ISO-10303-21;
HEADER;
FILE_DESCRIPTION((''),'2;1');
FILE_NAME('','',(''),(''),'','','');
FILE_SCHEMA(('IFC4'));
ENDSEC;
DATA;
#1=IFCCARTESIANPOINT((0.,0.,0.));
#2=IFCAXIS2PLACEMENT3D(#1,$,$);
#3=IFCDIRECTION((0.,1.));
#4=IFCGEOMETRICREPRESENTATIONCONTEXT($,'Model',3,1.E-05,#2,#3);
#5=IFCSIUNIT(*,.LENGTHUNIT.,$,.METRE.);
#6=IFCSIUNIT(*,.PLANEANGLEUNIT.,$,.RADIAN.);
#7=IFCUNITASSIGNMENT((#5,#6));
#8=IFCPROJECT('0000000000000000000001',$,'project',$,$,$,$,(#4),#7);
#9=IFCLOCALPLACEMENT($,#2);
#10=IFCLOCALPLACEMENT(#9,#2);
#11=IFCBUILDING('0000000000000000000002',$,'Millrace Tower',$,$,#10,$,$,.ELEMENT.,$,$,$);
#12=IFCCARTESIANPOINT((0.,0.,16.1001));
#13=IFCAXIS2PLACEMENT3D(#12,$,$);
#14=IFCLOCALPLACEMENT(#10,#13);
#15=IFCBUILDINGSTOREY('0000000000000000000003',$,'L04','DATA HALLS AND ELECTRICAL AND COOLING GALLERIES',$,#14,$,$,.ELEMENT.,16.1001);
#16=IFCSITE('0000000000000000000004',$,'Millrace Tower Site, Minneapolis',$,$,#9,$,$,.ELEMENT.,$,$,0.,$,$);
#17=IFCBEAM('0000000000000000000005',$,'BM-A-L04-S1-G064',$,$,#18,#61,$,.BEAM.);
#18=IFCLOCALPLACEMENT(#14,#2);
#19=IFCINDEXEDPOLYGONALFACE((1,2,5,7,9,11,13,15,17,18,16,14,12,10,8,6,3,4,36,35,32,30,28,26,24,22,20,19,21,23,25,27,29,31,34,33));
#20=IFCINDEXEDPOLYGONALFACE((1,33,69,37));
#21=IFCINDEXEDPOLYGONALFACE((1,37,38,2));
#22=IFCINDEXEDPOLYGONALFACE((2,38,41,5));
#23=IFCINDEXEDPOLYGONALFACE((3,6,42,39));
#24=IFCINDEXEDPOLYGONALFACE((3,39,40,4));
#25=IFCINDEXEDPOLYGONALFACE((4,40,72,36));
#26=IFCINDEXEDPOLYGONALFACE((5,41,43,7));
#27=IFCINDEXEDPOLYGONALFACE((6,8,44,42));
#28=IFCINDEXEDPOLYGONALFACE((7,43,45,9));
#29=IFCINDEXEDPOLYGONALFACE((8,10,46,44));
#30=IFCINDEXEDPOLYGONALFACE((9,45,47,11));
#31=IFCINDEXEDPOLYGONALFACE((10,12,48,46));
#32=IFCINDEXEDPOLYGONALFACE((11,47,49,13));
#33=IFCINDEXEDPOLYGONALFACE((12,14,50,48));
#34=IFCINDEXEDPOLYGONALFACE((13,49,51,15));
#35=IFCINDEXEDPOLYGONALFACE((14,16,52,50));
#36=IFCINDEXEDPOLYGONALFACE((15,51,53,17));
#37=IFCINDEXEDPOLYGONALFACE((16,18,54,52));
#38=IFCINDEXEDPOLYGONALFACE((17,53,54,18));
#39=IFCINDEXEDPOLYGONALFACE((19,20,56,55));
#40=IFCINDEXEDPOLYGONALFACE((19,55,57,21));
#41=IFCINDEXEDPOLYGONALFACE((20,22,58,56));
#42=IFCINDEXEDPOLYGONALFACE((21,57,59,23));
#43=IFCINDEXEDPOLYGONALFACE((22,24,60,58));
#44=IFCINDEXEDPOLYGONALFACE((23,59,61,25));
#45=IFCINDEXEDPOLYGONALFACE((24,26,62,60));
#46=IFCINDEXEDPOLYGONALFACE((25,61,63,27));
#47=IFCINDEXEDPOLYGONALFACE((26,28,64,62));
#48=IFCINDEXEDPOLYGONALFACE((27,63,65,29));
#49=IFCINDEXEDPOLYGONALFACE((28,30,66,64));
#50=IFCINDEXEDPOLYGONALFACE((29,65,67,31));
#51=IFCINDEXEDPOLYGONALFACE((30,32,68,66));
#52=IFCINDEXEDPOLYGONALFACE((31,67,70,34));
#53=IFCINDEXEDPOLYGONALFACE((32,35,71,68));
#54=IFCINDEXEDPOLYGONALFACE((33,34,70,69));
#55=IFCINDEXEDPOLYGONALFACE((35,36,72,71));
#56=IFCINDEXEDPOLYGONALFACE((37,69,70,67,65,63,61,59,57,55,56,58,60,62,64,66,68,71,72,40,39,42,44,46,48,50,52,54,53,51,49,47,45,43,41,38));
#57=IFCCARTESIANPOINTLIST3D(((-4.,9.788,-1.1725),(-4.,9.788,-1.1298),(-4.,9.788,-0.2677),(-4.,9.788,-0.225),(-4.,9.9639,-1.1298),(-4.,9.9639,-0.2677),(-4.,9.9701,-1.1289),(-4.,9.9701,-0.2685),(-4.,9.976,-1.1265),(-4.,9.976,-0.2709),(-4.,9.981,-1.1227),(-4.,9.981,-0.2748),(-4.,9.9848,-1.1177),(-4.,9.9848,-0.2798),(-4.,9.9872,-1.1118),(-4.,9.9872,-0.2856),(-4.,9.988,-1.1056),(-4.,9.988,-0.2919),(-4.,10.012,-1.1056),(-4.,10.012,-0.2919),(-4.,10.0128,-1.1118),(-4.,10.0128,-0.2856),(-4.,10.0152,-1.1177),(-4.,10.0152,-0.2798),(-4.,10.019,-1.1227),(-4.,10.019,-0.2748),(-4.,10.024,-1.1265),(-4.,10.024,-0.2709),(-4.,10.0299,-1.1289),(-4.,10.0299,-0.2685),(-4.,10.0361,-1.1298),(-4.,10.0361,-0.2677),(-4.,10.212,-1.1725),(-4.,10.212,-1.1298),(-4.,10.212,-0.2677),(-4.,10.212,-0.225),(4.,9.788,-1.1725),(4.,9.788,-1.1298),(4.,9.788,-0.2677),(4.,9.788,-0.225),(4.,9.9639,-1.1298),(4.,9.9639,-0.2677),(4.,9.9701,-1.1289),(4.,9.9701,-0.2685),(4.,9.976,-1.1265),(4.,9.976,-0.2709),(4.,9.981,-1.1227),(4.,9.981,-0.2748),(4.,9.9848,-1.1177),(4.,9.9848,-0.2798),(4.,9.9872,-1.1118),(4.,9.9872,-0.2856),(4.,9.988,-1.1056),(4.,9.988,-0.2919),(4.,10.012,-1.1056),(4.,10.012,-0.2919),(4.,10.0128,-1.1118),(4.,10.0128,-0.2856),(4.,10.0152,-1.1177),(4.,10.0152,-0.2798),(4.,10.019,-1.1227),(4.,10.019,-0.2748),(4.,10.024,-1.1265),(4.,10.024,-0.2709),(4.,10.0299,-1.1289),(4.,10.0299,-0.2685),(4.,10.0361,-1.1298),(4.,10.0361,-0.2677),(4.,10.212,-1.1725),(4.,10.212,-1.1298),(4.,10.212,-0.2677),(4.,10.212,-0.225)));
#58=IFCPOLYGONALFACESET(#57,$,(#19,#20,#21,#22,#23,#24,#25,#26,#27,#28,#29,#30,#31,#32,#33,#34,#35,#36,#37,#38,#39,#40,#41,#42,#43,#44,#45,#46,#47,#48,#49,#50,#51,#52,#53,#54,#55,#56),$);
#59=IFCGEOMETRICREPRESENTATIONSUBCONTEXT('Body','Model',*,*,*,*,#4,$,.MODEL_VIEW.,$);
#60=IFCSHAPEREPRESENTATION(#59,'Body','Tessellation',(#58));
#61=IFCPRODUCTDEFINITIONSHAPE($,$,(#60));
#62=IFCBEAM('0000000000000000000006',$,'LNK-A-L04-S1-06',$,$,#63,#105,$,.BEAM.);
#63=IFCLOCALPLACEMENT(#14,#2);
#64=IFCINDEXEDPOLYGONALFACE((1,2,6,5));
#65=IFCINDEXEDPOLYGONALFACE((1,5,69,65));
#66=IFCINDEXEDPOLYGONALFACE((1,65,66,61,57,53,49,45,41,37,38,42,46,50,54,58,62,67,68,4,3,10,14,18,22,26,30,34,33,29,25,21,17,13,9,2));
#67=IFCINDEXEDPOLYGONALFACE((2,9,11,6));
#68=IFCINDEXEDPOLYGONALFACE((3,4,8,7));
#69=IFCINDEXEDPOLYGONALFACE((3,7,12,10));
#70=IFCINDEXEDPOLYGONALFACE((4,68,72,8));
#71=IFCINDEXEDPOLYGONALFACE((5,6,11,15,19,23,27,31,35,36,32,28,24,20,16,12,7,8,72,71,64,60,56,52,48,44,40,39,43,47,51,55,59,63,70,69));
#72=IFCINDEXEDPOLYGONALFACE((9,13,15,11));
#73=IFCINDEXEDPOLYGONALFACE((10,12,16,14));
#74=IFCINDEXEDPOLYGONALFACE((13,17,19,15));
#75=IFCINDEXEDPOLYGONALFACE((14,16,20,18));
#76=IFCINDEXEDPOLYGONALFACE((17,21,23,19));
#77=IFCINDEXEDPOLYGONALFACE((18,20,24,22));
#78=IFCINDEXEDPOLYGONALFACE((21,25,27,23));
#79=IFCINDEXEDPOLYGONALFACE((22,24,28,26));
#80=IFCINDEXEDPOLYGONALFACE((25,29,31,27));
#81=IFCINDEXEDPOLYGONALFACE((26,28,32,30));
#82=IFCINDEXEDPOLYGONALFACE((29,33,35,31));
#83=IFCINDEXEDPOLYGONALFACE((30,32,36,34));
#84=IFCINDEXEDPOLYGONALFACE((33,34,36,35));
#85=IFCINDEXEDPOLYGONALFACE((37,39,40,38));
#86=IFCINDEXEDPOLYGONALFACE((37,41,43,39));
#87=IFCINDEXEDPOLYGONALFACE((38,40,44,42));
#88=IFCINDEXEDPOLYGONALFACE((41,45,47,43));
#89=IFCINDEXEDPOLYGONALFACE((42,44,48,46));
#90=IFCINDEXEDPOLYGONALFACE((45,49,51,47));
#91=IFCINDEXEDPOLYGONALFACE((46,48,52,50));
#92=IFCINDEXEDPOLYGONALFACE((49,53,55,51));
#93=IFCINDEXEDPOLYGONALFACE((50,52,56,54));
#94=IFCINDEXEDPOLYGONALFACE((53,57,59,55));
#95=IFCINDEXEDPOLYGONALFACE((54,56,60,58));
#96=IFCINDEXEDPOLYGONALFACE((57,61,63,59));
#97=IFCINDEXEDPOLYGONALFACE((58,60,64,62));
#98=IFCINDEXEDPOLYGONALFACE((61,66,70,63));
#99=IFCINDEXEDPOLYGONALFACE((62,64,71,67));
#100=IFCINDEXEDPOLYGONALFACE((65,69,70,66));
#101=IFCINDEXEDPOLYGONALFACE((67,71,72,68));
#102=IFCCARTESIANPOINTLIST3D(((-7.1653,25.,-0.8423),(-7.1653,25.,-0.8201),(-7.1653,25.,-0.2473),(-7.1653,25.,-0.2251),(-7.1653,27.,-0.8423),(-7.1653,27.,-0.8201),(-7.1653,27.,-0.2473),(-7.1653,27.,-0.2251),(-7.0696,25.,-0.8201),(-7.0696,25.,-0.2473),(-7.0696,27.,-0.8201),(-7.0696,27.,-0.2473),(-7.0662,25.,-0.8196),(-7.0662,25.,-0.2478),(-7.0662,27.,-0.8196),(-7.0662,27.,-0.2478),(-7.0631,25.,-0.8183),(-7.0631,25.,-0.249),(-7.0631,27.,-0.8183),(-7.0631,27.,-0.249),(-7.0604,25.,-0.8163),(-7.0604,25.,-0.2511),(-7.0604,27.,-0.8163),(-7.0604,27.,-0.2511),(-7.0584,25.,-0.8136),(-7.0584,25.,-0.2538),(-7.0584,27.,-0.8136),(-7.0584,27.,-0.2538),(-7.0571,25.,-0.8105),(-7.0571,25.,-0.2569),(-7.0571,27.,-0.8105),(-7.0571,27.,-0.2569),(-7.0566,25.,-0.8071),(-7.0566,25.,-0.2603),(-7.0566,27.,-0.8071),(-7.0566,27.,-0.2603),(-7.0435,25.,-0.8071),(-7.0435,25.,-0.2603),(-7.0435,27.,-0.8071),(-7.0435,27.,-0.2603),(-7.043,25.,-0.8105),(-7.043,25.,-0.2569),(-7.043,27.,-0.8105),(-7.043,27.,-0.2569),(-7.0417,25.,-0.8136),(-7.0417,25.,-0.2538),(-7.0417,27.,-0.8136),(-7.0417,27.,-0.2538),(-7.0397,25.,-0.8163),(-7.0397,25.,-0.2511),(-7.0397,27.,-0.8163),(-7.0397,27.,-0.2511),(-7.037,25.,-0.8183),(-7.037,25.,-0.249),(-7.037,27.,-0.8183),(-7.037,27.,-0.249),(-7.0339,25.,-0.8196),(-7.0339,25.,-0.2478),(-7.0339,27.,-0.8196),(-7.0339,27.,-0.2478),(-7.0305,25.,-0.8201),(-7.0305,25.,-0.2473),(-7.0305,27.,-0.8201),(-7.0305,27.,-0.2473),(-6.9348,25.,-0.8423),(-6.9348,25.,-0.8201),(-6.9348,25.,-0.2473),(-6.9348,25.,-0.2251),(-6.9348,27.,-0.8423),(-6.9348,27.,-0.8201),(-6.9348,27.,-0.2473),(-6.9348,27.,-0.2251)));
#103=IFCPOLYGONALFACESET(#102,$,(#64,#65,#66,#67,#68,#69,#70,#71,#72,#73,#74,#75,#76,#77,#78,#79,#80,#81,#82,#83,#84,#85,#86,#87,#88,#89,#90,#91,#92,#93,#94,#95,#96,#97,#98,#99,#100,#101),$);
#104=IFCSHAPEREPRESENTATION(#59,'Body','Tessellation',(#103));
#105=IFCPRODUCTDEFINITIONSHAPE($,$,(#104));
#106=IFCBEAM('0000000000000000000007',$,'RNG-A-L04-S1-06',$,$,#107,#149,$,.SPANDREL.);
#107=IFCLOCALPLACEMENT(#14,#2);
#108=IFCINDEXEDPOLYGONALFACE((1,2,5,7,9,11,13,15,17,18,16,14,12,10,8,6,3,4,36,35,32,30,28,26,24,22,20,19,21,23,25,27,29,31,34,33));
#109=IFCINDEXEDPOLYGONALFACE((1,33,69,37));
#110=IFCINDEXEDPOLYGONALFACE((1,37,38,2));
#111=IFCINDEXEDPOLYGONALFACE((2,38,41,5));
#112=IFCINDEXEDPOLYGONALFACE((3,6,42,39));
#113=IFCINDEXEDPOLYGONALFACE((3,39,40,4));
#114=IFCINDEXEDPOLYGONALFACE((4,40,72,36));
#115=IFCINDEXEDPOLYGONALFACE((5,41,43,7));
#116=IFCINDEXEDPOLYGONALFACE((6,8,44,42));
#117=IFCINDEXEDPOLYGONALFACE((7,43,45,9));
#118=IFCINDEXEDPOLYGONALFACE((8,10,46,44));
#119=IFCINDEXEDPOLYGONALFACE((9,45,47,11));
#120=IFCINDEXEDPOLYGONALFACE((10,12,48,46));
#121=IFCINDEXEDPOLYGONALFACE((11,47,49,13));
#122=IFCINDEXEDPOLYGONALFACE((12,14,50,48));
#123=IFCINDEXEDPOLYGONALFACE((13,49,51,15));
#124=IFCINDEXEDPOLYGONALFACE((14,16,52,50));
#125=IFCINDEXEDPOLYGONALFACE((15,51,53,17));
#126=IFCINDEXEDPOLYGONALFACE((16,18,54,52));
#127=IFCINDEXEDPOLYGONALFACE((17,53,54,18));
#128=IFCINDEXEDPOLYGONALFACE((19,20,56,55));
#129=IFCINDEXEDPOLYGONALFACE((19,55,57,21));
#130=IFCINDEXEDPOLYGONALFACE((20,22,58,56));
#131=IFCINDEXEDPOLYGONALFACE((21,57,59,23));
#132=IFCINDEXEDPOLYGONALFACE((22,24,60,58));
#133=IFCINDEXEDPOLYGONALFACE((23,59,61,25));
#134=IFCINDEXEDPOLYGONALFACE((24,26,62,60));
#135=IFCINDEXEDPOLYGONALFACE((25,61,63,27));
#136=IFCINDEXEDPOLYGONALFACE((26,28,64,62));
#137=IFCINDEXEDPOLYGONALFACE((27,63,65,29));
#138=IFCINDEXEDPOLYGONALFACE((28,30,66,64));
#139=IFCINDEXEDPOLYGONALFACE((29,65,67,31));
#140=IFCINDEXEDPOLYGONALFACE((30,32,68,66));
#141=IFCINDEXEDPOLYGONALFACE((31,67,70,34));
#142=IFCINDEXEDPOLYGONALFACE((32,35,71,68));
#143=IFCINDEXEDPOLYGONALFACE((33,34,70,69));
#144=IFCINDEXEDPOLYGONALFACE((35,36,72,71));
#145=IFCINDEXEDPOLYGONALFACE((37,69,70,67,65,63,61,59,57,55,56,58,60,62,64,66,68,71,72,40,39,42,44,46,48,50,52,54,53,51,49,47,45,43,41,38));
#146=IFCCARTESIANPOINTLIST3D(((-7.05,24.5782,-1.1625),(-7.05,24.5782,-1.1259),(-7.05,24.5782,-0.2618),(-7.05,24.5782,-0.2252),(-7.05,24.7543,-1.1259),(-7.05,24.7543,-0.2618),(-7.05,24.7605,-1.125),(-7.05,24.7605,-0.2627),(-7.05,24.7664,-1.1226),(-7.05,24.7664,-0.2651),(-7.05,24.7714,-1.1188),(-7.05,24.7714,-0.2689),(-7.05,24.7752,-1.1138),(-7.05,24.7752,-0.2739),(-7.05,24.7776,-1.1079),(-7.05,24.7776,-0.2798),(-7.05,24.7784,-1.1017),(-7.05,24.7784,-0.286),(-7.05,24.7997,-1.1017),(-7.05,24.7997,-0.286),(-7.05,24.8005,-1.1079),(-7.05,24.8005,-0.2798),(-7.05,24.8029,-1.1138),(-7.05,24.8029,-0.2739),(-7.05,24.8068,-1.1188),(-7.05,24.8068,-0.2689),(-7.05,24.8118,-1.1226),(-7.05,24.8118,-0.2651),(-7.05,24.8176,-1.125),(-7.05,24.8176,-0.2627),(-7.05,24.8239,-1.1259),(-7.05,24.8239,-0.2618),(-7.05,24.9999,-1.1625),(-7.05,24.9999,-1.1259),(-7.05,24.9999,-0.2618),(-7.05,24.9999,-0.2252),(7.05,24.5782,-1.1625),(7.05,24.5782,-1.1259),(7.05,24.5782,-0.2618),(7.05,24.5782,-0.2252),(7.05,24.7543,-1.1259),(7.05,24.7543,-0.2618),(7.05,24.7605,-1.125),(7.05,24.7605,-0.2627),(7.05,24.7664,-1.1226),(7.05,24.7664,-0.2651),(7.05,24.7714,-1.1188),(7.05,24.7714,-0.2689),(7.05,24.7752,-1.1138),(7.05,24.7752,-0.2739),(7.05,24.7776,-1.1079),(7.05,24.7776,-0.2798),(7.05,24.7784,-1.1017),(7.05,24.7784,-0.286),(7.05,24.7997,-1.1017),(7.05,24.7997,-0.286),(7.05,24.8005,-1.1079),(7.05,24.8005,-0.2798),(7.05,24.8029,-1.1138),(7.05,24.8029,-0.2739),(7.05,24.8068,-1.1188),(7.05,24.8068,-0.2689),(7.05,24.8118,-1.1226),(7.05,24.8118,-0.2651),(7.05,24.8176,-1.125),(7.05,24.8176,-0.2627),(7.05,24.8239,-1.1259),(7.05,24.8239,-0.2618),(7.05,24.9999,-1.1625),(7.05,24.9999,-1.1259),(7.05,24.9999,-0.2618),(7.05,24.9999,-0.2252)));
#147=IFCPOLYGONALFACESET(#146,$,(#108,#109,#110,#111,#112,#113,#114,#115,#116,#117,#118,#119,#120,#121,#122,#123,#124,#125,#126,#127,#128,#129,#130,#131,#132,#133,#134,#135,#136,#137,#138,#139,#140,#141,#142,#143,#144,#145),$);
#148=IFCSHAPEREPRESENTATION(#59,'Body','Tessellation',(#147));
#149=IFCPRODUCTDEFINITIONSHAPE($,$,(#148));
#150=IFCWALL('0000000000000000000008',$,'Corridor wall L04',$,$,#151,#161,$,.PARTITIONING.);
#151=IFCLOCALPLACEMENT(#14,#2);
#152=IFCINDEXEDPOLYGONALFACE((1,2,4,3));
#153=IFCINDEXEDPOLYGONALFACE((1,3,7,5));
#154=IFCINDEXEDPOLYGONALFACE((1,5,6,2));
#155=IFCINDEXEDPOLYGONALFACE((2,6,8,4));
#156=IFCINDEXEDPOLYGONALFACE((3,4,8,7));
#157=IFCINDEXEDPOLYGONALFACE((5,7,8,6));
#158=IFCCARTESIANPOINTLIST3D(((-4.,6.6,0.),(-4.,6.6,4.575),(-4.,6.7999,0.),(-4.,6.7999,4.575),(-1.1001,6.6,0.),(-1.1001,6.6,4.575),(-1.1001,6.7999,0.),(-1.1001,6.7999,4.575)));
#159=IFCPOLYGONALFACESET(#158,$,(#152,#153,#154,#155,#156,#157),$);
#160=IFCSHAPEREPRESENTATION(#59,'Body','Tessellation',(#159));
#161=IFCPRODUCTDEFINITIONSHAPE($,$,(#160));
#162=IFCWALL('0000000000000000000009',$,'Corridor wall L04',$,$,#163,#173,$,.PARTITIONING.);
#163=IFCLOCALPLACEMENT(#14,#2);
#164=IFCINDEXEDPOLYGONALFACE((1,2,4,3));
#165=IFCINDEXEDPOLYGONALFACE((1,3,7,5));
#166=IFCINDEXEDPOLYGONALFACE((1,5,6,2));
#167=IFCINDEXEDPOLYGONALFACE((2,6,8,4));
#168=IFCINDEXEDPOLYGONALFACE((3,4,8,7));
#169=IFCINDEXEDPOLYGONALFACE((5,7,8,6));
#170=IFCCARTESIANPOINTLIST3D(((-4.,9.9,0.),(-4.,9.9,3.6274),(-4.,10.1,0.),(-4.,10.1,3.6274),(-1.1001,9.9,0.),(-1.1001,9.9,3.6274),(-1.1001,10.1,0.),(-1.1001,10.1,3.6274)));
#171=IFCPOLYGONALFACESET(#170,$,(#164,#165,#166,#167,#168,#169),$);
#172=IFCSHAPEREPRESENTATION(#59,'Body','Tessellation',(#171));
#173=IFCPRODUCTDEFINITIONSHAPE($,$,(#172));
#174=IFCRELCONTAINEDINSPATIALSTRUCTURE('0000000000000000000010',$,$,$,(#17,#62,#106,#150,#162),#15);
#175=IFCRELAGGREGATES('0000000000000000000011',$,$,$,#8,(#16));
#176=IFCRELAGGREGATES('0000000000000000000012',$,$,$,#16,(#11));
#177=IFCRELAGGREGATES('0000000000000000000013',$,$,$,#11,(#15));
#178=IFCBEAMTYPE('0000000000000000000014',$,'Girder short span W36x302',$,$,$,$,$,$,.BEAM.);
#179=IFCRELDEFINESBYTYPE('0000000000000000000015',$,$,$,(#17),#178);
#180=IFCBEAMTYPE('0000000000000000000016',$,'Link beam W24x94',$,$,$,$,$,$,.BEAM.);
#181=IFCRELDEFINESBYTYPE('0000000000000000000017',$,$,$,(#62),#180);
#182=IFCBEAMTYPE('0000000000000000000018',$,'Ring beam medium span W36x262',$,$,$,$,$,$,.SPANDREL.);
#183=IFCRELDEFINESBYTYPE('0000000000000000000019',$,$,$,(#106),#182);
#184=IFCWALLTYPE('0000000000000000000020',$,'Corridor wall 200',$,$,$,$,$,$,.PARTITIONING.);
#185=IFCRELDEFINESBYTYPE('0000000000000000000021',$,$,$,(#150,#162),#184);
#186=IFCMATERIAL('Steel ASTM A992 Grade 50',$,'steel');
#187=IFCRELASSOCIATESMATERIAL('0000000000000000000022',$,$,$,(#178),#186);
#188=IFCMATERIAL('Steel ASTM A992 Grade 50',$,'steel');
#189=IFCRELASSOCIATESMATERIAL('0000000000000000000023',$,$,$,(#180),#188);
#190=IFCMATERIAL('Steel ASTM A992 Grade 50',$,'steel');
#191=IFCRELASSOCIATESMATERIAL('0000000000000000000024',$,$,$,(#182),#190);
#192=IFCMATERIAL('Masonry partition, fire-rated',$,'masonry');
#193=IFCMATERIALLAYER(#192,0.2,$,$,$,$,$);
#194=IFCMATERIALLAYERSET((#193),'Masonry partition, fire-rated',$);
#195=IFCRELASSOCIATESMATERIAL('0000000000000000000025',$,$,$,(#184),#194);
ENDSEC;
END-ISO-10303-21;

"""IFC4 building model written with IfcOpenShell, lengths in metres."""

from ifc_helpers import new_model, si_unit, direction, frame, frame_2d, origin, origin_2d, place, context, subcontext, project, spatial, rectangle, i_section, extrude, material, layer, layer_set, material_profile, profile_set, type_object, element, save


model = new_model("IFC4")

# Units and contexts
model_context = context("Model", 3, precision=1e-05, world=origin(), true_north=direction((0.0, 1.0)))
body_context = subcontext(model_context, "Body", "Model", "MODEL_VIEW")
ifc_project = project(units=[si_unit("LENGTHUNIT", "METRE"), si_unit("PLANEANGLEUNIT", "RADIAN")], contexts=[model_context])

# Site, building, storey
site_placement = place(None, origin())
site = spatial("IfcSite", under=ifc_project, at=site_placement, Name="Millrace Tower Site, Minneapolis", CompositionType="ELEMENT", RefElevation=0.0)
building_placement = place(site_placement, origin())
building = spatial("IfcBuilding", under=site, at=building_placement, Name="Millrace Tower", CompositionType="ELEMENT")
storey_placement = place(building_placement, frame((0.0, 0.0, 16.1001)))
storey = spatial("IfcBuildingStorey", under=building, at=storey_placement, Name="L04", Description="DATA HALLS AND ELECTRICAL AND COOLING GALLERIES", CompositionType="ELEMENT", Elevation=16.1001)

# Beams
ifc_material_1 = material(Name="Steel ASTM A992 Grade 50", Category="steel")
ifc_material_profile_1 = material_profile(ifc_material_1, i_section(OverallWidth=0.4241, OverallDepth=0.9475, WebThickness=0.0239, FlangeThickness=0.0427, FilletRadius=0.0242, at=origin_2d()))
ifc_profile_set_1 = profile_set([ifc_material_profile_1], Name="Steel ASTM A992 Grade 50")
beam_type_1 = type_object("IfcBeamType", Name="Girder short span W36x302", PredefinedType="BEAM", material=ifc_profile_set_1)
beam_1_placement = place(storey_placement, frame((-4.0, 10.0, -0.6987), z_axis=(1.0, 0.0, 0.0), x_axis=(0.0, 1.0, 0.0)))
element("IfcBeam", 1, at=beam_1_placement, inside=storey, type_object=beam_type_1, Name="BM-A-L04-S1-G064", PredefinedType="BEAM", context=body_context, shape_type="SweptSolid", body=[
    extrude(i_section(OverallWidth=0.4241, OverallDepth=0.9475, WebThickness=0.0239, FlangeThickness=0.0427, FilletRadius=0.0242, at=origin_2d()), origin(), (0.0, 0.0, 1.0), 8.0),
])
ifc_material_2 = material(Name="Steel ASTM A992 Grade 50", Category="steel")
ifc_material_profile_2 = material_profile(ifc_material_2, i_section(OverallWidth=0.2305, OverallDepth=0.6172, WebThickness=0.0132, FlangeThickness=0.0222, FilletRadius=0.0129, at=origin_2d()))
ifc_profile_set_2 = profile_set([ifc_material_profile_2], Name="Steel ASTM A992 Grade 50")
beam_type_2 = type_object("IfcBeamType", Name="Link beam W24x94", PredefinedType="BEAM", material=ifc_profile_set_2)
beam_2_placement = place(storey_placement, frame((-7.05, 25.0, -0.5337), z_axis=(0.0, 1.0, 0.0), x_axis=(-1.0, 0.0, 0.0)))
element("IfcBeam", 2, at=beam_2_placement, inside=storey, type_object=beam_type_2, Name="LNK-A-L04-S1-06", PredefinedType="BEAM", context=body_context, shape_type="SweptSolid", body=[
    extrude(i_section(OverallWidth=0.2305, OverallDepth=0.6172, WebThickness=0.0132, FlangeThickness=0.0222, FilletRadius=0.0129, at=origin_2d()), origin(), (0.0, 0.0, 1.0), 2.0),
])
ifc_material_3 = material(Name="Steel ASTM A992 Grade 50", Category="steel")
ifc_material_profile_3 = material_profile(ifc_material_3, i_section(OverallWidth=0.4216, OverallDepth=0.9373, WebThickness=0.0212, FlangeThickness=0.0366, FilletRadius=0.0242, at=origin_2d()))
ifc_profile_set_3 = profile_set([ifc_material_profile_3], Name="Steel ASTM A992 Grade 50")
beam_type_3 = type_object("IfcBeamType", Name="Ring beam medium span W36x262", PredefinedType="SPANDREL", material=ifc_profile_set_3)
beam_3_placement = place(storey_placement, frame((-7.05, 24.7891, -0.6938), z_axis=(1.0, 0.0, 0.0), x_axis=(0.0, 1.0, 0.0)))
element("IfcBeam", 3, at=beam_3_placement, inside=storey, type_object=beam_type_3, Name="RNG-A-L04-S1-06", PredefinedType="SPANDREL", context=body_context, shape_type="SweptSolid", body=[
    extrude(i_section(OverallWidth=0.4216, OverallDepth=0.9373, WebThickness=0.0212, FlangeThickness=0.0366, FilletRadius=0.0242, at=origin_2d()), origin(), (0.0, 0.0, 1.0), 14.1001),
])

# Walls
ifc_material_4 = material(Name="Masonry partition, fire-rated", Category="masonry")
ifc_layer_1 = layer(ifc_material_4, 0.2)
ifc_layer_set_1 = layer_set([ifc_layer_1], Name="Masonry partition, fire-rated")
wall_type_1 = type_object("IfcWallType", Name="Corridor wall 200", PredefinedType="PARTITIONING", material=ifc_layer_set_1)
wall_1_placement = place(storey_placement, frame((-4.0, 6.7, 0.0), z_axis=(0.0, 0.0, 1.0), x_axis=(1.0, 0.0, 0.0)))
element("IfcWall", 4, at=wall_1_placement, inside=storey, type_object=wall_type_1, Name="Corridor wall L04", PredefinedType="PARTITIONING", context=body_context, shape_type="SweptSolid", body=[
    extrude(rectangle(XDim=2.8999, YDim=0.2, at=frame_2d((1.45, 0.0))), origin(), (0.0, 0.0, 1.0), 4.575),
])
wall_2_placement = place(storey_placement, frame((-4.0, 10.0, 0.0), z_axis=(0.0, 0.0, 1.0), x_axis=(1.0, 0.0, 0.0)))
element("IfcWall", 5, at=wall_2_placement, inside=storey, type_object=wall_type_1, Name="Corridor wall L04", PredefinedType="PARTITIONING", context=body_context, shape_type="SweptSolid", body=[
    extrude(rectangle(XDim=2.8999, YDim=0.2, at=frame_2d((1.45, 0.0))), origin(), (0.0, 0.0, 1.0), 3.6274),
])

save(model, "model.ifc")
